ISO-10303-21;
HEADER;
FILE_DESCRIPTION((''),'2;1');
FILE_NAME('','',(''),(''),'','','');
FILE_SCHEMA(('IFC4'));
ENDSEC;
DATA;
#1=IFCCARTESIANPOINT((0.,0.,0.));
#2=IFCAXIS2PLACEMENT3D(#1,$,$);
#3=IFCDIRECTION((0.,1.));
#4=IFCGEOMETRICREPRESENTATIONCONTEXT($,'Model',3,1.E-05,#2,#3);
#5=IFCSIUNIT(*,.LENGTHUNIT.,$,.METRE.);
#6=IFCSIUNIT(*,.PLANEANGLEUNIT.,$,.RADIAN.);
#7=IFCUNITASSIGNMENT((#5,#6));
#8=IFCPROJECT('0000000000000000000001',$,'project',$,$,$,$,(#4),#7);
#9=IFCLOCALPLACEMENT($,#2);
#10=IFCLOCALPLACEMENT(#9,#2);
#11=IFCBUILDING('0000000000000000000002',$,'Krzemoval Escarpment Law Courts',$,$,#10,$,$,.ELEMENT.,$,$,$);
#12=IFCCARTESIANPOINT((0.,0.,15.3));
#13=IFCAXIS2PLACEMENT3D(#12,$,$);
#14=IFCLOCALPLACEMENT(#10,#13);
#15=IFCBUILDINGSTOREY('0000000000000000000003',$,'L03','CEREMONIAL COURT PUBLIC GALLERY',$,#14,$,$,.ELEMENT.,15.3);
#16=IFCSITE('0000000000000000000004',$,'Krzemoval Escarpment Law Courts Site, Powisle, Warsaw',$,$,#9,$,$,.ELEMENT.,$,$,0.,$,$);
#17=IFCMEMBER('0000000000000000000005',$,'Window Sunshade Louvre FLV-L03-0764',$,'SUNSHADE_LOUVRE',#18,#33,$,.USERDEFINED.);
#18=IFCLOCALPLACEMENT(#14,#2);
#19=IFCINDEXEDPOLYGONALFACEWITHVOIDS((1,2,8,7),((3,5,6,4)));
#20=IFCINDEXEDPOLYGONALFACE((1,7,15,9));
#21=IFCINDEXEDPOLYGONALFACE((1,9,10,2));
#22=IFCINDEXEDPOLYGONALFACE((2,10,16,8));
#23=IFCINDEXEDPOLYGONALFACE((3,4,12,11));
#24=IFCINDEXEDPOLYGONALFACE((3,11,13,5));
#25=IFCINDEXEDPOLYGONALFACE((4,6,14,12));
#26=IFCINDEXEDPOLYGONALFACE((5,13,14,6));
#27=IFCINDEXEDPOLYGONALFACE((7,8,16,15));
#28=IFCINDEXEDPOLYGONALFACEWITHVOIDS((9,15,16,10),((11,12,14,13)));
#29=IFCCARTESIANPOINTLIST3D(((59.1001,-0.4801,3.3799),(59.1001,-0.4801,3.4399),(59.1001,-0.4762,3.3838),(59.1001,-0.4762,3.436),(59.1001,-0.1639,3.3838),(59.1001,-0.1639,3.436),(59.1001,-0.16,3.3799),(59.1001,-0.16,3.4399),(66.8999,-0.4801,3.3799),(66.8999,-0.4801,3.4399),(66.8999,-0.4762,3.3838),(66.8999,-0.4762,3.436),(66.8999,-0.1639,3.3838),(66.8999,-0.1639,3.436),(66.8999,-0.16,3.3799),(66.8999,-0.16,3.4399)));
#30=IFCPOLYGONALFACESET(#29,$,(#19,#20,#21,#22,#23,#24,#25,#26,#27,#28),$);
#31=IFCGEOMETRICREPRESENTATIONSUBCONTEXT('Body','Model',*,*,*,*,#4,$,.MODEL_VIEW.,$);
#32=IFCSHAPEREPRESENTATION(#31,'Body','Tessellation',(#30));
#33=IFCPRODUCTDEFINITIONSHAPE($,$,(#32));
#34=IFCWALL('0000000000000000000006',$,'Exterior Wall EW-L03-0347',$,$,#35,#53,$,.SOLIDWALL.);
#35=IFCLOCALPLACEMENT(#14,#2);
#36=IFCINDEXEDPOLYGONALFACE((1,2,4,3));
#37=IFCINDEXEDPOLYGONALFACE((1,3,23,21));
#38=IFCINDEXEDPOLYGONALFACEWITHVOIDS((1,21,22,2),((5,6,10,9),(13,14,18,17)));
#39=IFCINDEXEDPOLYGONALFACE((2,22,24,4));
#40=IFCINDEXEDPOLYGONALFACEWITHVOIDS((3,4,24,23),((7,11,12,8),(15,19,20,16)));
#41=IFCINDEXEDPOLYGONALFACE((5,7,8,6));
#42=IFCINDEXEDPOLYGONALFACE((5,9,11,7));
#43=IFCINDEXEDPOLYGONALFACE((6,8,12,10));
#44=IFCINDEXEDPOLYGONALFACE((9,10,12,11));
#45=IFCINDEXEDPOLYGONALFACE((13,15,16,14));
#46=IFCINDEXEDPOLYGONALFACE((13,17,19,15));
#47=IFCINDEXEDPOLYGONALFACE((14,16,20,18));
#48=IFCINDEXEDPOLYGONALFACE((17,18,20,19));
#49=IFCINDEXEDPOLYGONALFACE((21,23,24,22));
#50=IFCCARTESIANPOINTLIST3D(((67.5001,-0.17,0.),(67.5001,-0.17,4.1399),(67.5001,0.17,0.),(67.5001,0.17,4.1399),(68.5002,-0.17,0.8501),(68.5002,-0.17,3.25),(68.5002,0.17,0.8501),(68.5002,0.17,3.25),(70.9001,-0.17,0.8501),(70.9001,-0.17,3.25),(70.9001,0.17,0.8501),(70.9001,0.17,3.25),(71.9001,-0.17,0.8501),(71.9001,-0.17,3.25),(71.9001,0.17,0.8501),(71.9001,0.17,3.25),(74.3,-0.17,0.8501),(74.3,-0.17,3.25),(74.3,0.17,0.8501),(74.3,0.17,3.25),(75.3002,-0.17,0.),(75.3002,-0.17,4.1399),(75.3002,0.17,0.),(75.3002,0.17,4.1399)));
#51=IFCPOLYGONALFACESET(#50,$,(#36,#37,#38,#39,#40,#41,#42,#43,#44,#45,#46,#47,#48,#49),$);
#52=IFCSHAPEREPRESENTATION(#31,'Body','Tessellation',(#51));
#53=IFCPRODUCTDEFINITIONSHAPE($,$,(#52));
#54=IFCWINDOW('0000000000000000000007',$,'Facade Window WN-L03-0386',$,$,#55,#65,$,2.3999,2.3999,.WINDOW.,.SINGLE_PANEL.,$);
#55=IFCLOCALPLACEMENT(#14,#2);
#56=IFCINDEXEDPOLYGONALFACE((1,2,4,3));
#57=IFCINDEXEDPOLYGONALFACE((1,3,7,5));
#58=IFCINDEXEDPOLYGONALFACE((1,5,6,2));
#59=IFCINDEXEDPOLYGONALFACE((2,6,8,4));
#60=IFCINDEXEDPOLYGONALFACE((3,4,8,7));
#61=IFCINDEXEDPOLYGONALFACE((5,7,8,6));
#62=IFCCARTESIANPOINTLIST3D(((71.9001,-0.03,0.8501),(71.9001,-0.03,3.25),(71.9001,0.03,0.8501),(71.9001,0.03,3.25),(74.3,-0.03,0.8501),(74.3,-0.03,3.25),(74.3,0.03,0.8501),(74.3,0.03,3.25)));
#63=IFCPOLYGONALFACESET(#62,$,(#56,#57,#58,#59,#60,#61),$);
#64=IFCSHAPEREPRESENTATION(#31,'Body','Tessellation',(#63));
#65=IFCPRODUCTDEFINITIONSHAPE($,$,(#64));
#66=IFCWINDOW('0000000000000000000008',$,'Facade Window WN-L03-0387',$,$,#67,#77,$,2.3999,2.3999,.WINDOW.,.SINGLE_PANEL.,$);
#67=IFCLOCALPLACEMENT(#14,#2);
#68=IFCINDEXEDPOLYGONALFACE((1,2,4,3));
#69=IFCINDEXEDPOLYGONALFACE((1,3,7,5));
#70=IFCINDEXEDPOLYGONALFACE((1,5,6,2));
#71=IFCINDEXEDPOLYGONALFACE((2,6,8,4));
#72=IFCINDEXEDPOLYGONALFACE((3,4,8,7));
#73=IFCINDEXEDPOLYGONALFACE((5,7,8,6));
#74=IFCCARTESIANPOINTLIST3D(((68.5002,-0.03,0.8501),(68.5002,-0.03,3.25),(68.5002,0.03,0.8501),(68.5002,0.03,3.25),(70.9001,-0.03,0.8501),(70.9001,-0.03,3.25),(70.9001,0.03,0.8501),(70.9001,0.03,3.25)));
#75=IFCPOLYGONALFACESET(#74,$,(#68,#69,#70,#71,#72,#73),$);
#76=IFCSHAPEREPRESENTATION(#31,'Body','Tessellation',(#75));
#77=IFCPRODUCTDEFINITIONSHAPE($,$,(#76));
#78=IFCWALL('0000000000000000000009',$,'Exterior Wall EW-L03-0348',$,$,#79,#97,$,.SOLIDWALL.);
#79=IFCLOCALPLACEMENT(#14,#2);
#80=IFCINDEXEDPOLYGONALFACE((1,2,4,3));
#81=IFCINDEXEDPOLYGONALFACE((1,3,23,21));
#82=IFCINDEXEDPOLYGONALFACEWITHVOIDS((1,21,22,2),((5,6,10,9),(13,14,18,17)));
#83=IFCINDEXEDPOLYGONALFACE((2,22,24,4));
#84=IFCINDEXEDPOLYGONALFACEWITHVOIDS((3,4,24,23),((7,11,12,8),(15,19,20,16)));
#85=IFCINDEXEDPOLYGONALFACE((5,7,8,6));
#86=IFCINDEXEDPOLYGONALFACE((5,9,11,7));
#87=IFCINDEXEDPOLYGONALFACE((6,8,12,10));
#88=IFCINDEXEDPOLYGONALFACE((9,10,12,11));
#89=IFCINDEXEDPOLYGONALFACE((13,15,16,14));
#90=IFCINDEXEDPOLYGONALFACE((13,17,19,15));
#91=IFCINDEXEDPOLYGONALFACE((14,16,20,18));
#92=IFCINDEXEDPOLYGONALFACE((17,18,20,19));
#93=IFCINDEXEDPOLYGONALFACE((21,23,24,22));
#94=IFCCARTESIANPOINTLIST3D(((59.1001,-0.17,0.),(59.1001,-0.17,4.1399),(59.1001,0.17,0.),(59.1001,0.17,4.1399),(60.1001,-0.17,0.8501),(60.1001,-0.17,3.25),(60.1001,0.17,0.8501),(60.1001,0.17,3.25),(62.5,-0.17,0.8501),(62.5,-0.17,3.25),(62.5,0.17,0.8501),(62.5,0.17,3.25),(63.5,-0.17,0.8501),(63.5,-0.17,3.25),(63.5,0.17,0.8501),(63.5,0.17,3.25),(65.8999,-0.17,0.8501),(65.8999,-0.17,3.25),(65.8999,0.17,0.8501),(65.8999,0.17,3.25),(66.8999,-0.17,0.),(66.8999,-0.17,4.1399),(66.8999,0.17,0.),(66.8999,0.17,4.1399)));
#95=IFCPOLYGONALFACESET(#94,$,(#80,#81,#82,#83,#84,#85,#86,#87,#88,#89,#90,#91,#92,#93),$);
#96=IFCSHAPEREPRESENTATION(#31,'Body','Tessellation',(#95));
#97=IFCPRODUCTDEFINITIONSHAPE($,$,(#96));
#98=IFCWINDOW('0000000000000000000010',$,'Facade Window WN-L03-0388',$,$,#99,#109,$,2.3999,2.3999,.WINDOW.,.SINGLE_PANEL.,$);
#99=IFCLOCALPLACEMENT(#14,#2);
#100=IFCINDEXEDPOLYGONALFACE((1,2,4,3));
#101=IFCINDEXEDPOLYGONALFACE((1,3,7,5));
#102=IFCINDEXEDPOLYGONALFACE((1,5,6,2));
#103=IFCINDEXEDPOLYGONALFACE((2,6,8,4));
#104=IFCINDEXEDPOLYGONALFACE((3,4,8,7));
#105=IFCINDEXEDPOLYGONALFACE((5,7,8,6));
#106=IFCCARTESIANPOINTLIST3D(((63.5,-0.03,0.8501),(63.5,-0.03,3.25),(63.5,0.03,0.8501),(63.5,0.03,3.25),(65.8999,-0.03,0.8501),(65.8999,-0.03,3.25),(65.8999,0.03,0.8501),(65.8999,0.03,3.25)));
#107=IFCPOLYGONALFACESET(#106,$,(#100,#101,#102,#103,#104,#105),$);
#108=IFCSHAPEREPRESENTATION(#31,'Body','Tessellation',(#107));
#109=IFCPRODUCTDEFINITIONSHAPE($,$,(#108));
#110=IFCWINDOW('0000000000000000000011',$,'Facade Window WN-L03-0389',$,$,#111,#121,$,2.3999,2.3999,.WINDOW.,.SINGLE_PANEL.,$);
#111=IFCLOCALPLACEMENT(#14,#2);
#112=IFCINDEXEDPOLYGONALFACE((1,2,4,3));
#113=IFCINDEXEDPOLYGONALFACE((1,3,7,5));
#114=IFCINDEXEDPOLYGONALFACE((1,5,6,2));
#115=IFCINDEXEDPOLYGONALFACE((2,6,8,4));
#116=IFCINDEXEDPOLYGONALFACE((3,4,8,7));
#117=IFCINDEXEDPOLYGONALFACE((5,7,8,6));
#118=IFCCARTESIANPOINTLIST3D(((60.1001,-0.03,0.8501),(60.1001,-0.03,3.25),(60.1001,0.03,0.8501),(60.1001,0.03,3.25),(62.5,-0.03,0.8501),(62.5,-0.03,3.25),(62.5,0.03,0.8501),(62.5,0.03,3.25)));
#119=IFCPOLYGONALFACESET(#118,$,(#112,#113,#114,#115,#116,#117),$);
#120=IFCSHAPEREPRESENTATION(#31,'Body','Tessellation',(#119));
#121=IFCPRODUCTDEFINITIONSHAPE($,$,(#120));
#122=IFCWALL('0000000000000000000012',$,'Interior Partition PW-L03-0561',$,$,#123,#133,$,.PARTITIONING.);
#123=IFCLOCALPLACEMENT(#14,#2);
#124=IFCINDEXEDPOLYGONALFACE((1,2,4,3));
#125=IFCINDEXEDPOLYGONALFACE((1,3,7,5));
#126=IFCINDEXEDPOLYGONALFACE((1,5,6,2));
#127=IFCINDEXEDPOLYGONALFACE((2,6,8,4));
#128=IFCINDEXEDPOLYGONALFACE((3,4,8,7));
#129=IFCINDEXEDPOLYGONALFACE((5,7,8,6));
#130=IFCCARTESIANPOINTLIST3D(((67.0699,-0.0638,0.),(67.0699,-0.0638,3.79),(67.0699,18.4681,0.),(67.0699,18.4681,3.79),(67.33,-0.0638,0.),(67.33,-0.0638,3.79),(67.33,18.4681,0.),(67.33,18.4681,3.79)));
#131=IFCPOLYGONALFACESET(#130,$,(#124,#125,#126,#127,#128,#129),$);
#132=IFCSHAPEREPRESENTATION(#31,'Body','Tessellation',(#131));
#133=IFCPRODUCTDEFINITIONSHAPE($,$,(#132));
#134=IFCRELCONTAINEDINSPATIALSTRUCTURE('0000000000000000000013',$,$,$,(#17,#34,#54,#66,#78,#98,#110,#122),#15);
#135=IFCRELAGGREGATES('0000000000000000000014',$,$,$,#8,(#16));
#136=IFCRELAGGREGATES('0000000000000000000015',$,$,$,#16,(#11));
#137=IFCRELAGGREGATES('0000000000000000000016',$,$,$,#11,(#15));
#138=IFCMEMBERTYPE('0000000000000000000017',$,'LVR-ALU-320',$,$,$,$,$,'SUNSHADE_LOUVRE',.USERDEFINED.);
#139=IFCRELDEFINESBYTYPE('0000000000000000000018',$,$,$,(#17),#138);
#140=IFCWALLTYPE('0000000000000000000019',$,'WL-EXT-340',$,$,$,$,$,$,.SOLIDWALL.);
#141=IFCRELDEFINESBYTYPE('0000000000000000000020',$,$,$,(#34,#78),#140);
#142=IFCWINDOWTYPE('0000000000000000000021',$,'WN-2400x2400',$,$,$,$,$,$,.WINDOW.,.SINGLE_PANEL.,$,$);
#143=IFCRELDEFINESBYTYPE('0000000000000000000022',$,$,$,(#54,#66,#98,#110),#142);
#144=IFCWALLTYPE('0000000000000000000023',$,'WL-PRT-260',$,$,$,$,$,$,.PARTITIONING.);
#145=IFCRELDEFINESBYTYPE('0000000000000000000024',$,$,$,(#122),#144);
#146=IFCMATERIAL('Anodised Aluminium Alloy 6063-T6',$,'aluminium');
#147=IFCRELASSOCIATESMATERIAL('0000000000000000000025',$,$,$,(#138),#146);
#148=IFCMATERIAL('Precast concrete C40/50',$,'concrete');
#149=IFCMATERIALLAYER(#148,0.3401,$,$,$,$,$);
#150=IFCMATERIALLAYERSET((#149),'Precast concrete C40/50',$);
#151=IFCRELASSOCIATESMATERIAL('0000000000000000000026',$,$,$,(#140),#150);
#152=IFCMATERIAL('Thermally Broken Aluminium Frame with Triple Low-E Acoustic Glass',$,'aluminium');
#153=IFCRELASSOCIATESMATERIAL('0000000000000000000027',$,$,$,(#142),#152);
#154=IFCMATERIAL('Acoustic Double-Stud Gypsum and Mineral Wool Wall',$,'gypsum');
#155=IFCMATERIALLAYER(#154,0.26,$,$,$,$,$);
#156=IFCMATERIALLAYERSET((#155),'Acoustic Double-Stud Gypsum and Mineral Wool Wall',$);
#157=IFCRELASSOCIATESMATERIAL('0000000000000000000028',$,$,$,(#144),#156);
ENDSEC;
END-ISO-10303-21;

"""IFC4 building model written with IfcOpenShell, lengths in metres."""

from ifc_helpers import new_model, si_unit, direction, frame, frame_2d, origin, origin_2d, place, context, subcontext, project, spatial, rectangle, hollow_rectangle, extrude, material, layer, layer_set, material_profile, profile_set, type_object, element, fill, save


model = new_model("IFC4")

# Units and contexts
model_context = context("Model", 3, precision=1e-05, world=origin(), true_north=direction((0.0, 1.0)))
body_context = subcontext(model_context, "Body", "Model", "MODEL_VIEW")
ifc_project = project(units=[si_unit("LENGTHUNIT", "METRE"), si_unit("PLANEANGLEUNIT", "RADIAN")], contexts=[model_context])

# Site, building, storey
site_placement = place(None, origin())
site = spatial("IfcSite", under=ifc_project, at=site_placement, Name="Krzemoval Escarpment Law Courts Site, Powisle, Warsaw", CompositionType="ELEMENT", RefElevation=0.0)
building_placement = place(site_placement, origin())
building = spatial("IfcBuilding", under=site, at=building_placement, Name="Krzemoval Escarpment Law Courts", CompositionType="ELEMENT")
storey_placement = place(building_placement, frame((0.0, 0.0, 15.3)))
storey = spatial("IfcBuildingStorey", under=building, at=storey_placement, Name="L03", Description="CEREMONIAL COURT PUBLIC GALLERY", CompositionType="ELEMENT", Elevation=15.3)

# Member
ifc_material_1 = material(Name="Anodised Aluminium Alloy 6063-T6", Category="aluminium")
ifc_material_profile_1 = material_profile(ifc_material_1, hollow_rectangle(XDim=0.0601, YDim=0.3201, WallThickness=0.0039, at=origin_2d()), Name="ALU LVR 60x320")
ifc_profile_set_1 = profile_set([ifc_material_profile_1], Name="Anodised Aluminium Alloy 6063-T6")
member_type = type_object("IfcMemberType", Name="LVR-ALU-320", ElementType="SUNSHADE_LOUVRE", PredefinedType="USERDEFINED", material=ifc_profile_set_1)
member_placement = place(storey_placement, frame((66.8999, -0.3201, 3.4099), z_axis=(-1.0, 0.0, 0.0), x_axis=(0.0, 0.0, 1.0)))
element("IfcMember", 1, at=member_placement, inside=storey, type_object=member_type, Name="Window Sunshade Louvre FLV-L03-0764", ObjectType="SUNSHADE_LOUVRE", PredefinedType="USERDEFINED", context=body_context, shape_type="SweptSolid", body=[
    extrude(hollow_rectangle(XDim=0.0601, YDim=0.3201, WallThickness=0.0039, at=origin_2d()), origin(), (0.0, 0.0, 1.0), 7.7998),
])

# Walls, openings, windows
ifc_material_2 = material(Name="Precast concrete C40/50", Category="concrete")
ifc_layer_1 = layer(ifc_material_2, 0.3401)
ifc_layer_set_1 = layer_set([ifc_layer_1], Name="Precast concrete C40/50")
wall_type_1 = type_object("IfcWallType", Name="WL-EXT-340", PredefinedType="SOLIDWALL", material=ifc_layer_set_1)
wall_1_placement = place(storey_placement, frame((75.3, 0.0, 0.0), z_axis=(0.0, 0.0, 1.0), x_axis=(-1.0, 0.0, 0.0)))
wall_1 = element("IfcWall", 2, at=wall_1_placement, inside=storey, type_object=wall_type_1, Name="Exterior Wall EW-L03-0347", PredefinedType="SOLIDWALL", context=body_context, shape_type="SweptSolid", body=[
    extrude(rectangle(XDim=7.8, YDim=0.3401, at=frame_2d((3.8999, 0.0))), origin(), (0.0, 0.0, 1.0), 4.1399),
])
opening_1_placement = place(wall_1_placement, frame((1.0, 0.0, 0.8501)))
opening_1 = element("IfcOpeningElement", 3, at=opening_1_placement, cuts=wall_1, PredefinedType="OPENING", context=body_context, shape_type="SweptSolid", body=[
    extrude(rectangle(XDim=2.3999, YDim=2.3999, at=frame_2d((1.2, 1.2))), frame((0.0, 0.185, 0.0), z_axis=(0.0, -1.0, 0.0), x_axis=(1.0, 0.0, 0.0)), (0.0, 0.0, 1.0), 0.3701),
])
opening_2_placement = place(wall_1_placement, frame((4.3999, 0.0, 0.8501)))
opening_2 = element("IfcOpeningElement", 4, at=opening_2_placement, cuts=wall_1, PredefinedType="OPENING", context=body_context, shape_type="SweptSolid", body=[
    extrude(rectangle(XDim=2.3999, YDim=2.3999, at=frame_2d((1.2, 1.2))), frame((0.0, 0.185, 0.0), z_axis=(0.0, -1.0, 0.0), x_axis=(1.0, 0.0, 0.0)), (0.0, 0.0, 1.0), 0.3701),
])
ifc_material_3 = material(Name="Thermally Broken Aluminium Frame with Triple Low-E Acoustic Glass", Category="aluminium")
window_type = type_object("IfcWindowType", Name="WN-2400x2400", PartitioningType="SINGLE_PANEL", PredefinedType="WINDOW", material=ifc_material_3)
window_1_placement = place(opening_1_placement, origin())
window_1 = element("IfcWindow", 5, at=window_1_placement, inside=storey, type_object=window_type, Name="Facade Window WN-L03-0386", OverallHeight=2.3999, OverallWidth=2.3999, PartitioningType="SINGLE_PANEL", PredefinedType="WINDOW", context=body_context, shape_type="SweptSolid", body=[
    extrude(rectangle(XDim=2.3999, YDim=2.3999, at=frame_2d((1.2, 1.2))), frame((0.0, 0.03, 0.0), z_axis=(0.0, -1.0, 0.0), x_axis=(1.0, 0.0, 0.0)), (0.0, 0.0, 1.0), 0.0601),
])
fill(opening_1, window_1)
window_2_placement = place(opening_2_placement, origin())
window_2 = element("IfcWindow", 6, at=window_2_placement, inside=storey, type_object=window_type, Name="Facade Window WN-L03-0387", OverallHeight=2.3999, OverallWidth=2.3999, PartitioningType="SINGLE_PANEL", PredefinedType="WINDOW", context=body_context, shape_type="SweptSolid", body=[
    extrude(rectangle(XDim=2.3999, YDim=2.3999, at=frame_2d((1.2, 1.2))), frame((0.0, 0.03, 0.0), z_axis=(0.0, -1.0, 0.0), x_axis=(1.0, 0.0, 0.0)), (0.0, 0.0, 1.0), 0.0601),
])
fill(opening_2, window_2)
wall_2_placement = place(storey_placement, frame((66.8999, 0.0, 0.0), z_axis=(0.0, 0.0, 1.0), x_axis=(-1.0, 0.0, 0.0)))
wall_2 = element("IfcWall", 7, at=wall_2_placement, inside=storey, type_object=wall_type_1, Name="Exterior Wall EW-L03-0348", PredefinedType="SOLIDWALL", context=body_context, shape_type="SweptSolid", body=[
    extrude(rectangle(XDim=7.7998, YDim=0.3401, at=frame_2d((3.8999, 0.0))), origin(), (0.0, 0.0, 1.0), 4.1399),
])
opening_3_placement = place(wall_2_placement, frame((1.0, 0.0, 0.8501)))
opening_3 = element("IfcOpeningElement", 8, at=opening_3_placement, cuts=wall_2, PredefinedType="OPENING", context=body_context, shape_type="SweptSolid", body=[
    extrude(rectangle(XDim=2.3999, YDim=2.3999, at=frame_2d((1.2, 1.2))), frame((0.0, 0.185, 0.0), z_axis=(0.0, -1.0, 0.0), x_axis=(1.0, 0.0, 0.0)), (0.0, 0.0, 1.0), 0.3701),
])
opening_4_placement = place(wall_2_placement, frame((4.3999, 0.0, 0.8501)))
opening_4 = element("IfcOpeningElement", 9, at=opening_4_placement, cuts=wall_2, PredefinedType="OPENING", context=body_context, shape_type="SweptSolid", body=[
    extrude(rectangle(XDim=2.3999, YDim=2.3999, at=frame_2d((1.2, 1.2))), frame((0.0, 0.185, 0.0), z_axis=(0.0, -1.0, 0.0), x_axis=(1.0, 0.0, 0.0)), (0.0, 0.0, 1.0), 0.3701),
])
window_3_placement = place(opening_3_placement, origin())
window_3 = element("IfcWindow", 10, at=window_3_placement, inside=storey, type_object=window_type, Name="Facade Window WN-L03-0388", OverallHeight=2.3999, OverallWidth=2.3999, PartitioningType="SINGLE_PANEL", PredefinedType="WINDOW", context=body_context, shape_type="SweptSolid", body=[
    extrude(rectangle(XDim=2.3999, YDim=2.3999, at=frame_2d((1.2, 1.2))), frame((0.0, 0.03, 0.0), z_axis=(0.0, -1.0, 0.0), x_axis=(1.0, 0.0, 0.0)), (0.0, 0.0, 1.0), 0.0601),
])
fill(opening_3, window_3)
window_4_placement = place(opening_4_placement, origin())
window_4 = element("IfcWindow", 11, at=window_4_placement, inside=storey, type_object=window_type, Name="Facade Window WN-L03-0389", OverallHeight=2.3999, OverallWidth=2.3999, PartitioningType="SINGLE_PANEL", PredefinedType="WINDOW", context=body_context, shape_type="SweptSolid", body=[
    extrude(rectangle(XDim=2.3999, YDim=2.3999, at=frame_2d((1.2, 1.2))), frame((0.0, 0.03, 0.0), z_axis=(0.0, -1.0, 0.0), x_axis=(1.0, 0.0, 0.0)), (0.0, 0.0, 1.0), 0.0601),
])
fill(opening_4, window_4)

# Wall
ifc_material_4 = material(Name="Acoustic Double-Stud Gypsum and Mineral Wool Wall", Category="gypsum")
ifc_layer_2 = layer(ifc_material_4, 0.26)
ifc_layer_set_2 = layer_set([ifc_layer_2], Name="Acoustic Double-Stud Gypsum and Mineral Wool Wall")
wall_type_2 = type_object("IfcWallType", Name="WL-PRT-260", PredefinedType="PARTITIONING", material=ifc_layer_set_2)
wall_3_placement = place(storey_placement, frame((67.2, -0.064, 0.0), z_axis=(0.0, 0.0, 1.0), x_axis=(0.0, 1.0, 0.0)))
element("IfcWall", 12, at=wall_3_placement, inside=storey, type_object=wall_type_2, Name="Interior Partition PW-L03-0561", PredefinedType="PARTITIONING", context=body_context, shape_type="SweptSolid", body=[
    extrude(rectangle(XDim=18.532, YDim=0.26, at=frame_2d((9.2661, 0.0))), origin(), (0.0, 0.0, 1.0), 3.79),
])

save(model, "model.ifc")
